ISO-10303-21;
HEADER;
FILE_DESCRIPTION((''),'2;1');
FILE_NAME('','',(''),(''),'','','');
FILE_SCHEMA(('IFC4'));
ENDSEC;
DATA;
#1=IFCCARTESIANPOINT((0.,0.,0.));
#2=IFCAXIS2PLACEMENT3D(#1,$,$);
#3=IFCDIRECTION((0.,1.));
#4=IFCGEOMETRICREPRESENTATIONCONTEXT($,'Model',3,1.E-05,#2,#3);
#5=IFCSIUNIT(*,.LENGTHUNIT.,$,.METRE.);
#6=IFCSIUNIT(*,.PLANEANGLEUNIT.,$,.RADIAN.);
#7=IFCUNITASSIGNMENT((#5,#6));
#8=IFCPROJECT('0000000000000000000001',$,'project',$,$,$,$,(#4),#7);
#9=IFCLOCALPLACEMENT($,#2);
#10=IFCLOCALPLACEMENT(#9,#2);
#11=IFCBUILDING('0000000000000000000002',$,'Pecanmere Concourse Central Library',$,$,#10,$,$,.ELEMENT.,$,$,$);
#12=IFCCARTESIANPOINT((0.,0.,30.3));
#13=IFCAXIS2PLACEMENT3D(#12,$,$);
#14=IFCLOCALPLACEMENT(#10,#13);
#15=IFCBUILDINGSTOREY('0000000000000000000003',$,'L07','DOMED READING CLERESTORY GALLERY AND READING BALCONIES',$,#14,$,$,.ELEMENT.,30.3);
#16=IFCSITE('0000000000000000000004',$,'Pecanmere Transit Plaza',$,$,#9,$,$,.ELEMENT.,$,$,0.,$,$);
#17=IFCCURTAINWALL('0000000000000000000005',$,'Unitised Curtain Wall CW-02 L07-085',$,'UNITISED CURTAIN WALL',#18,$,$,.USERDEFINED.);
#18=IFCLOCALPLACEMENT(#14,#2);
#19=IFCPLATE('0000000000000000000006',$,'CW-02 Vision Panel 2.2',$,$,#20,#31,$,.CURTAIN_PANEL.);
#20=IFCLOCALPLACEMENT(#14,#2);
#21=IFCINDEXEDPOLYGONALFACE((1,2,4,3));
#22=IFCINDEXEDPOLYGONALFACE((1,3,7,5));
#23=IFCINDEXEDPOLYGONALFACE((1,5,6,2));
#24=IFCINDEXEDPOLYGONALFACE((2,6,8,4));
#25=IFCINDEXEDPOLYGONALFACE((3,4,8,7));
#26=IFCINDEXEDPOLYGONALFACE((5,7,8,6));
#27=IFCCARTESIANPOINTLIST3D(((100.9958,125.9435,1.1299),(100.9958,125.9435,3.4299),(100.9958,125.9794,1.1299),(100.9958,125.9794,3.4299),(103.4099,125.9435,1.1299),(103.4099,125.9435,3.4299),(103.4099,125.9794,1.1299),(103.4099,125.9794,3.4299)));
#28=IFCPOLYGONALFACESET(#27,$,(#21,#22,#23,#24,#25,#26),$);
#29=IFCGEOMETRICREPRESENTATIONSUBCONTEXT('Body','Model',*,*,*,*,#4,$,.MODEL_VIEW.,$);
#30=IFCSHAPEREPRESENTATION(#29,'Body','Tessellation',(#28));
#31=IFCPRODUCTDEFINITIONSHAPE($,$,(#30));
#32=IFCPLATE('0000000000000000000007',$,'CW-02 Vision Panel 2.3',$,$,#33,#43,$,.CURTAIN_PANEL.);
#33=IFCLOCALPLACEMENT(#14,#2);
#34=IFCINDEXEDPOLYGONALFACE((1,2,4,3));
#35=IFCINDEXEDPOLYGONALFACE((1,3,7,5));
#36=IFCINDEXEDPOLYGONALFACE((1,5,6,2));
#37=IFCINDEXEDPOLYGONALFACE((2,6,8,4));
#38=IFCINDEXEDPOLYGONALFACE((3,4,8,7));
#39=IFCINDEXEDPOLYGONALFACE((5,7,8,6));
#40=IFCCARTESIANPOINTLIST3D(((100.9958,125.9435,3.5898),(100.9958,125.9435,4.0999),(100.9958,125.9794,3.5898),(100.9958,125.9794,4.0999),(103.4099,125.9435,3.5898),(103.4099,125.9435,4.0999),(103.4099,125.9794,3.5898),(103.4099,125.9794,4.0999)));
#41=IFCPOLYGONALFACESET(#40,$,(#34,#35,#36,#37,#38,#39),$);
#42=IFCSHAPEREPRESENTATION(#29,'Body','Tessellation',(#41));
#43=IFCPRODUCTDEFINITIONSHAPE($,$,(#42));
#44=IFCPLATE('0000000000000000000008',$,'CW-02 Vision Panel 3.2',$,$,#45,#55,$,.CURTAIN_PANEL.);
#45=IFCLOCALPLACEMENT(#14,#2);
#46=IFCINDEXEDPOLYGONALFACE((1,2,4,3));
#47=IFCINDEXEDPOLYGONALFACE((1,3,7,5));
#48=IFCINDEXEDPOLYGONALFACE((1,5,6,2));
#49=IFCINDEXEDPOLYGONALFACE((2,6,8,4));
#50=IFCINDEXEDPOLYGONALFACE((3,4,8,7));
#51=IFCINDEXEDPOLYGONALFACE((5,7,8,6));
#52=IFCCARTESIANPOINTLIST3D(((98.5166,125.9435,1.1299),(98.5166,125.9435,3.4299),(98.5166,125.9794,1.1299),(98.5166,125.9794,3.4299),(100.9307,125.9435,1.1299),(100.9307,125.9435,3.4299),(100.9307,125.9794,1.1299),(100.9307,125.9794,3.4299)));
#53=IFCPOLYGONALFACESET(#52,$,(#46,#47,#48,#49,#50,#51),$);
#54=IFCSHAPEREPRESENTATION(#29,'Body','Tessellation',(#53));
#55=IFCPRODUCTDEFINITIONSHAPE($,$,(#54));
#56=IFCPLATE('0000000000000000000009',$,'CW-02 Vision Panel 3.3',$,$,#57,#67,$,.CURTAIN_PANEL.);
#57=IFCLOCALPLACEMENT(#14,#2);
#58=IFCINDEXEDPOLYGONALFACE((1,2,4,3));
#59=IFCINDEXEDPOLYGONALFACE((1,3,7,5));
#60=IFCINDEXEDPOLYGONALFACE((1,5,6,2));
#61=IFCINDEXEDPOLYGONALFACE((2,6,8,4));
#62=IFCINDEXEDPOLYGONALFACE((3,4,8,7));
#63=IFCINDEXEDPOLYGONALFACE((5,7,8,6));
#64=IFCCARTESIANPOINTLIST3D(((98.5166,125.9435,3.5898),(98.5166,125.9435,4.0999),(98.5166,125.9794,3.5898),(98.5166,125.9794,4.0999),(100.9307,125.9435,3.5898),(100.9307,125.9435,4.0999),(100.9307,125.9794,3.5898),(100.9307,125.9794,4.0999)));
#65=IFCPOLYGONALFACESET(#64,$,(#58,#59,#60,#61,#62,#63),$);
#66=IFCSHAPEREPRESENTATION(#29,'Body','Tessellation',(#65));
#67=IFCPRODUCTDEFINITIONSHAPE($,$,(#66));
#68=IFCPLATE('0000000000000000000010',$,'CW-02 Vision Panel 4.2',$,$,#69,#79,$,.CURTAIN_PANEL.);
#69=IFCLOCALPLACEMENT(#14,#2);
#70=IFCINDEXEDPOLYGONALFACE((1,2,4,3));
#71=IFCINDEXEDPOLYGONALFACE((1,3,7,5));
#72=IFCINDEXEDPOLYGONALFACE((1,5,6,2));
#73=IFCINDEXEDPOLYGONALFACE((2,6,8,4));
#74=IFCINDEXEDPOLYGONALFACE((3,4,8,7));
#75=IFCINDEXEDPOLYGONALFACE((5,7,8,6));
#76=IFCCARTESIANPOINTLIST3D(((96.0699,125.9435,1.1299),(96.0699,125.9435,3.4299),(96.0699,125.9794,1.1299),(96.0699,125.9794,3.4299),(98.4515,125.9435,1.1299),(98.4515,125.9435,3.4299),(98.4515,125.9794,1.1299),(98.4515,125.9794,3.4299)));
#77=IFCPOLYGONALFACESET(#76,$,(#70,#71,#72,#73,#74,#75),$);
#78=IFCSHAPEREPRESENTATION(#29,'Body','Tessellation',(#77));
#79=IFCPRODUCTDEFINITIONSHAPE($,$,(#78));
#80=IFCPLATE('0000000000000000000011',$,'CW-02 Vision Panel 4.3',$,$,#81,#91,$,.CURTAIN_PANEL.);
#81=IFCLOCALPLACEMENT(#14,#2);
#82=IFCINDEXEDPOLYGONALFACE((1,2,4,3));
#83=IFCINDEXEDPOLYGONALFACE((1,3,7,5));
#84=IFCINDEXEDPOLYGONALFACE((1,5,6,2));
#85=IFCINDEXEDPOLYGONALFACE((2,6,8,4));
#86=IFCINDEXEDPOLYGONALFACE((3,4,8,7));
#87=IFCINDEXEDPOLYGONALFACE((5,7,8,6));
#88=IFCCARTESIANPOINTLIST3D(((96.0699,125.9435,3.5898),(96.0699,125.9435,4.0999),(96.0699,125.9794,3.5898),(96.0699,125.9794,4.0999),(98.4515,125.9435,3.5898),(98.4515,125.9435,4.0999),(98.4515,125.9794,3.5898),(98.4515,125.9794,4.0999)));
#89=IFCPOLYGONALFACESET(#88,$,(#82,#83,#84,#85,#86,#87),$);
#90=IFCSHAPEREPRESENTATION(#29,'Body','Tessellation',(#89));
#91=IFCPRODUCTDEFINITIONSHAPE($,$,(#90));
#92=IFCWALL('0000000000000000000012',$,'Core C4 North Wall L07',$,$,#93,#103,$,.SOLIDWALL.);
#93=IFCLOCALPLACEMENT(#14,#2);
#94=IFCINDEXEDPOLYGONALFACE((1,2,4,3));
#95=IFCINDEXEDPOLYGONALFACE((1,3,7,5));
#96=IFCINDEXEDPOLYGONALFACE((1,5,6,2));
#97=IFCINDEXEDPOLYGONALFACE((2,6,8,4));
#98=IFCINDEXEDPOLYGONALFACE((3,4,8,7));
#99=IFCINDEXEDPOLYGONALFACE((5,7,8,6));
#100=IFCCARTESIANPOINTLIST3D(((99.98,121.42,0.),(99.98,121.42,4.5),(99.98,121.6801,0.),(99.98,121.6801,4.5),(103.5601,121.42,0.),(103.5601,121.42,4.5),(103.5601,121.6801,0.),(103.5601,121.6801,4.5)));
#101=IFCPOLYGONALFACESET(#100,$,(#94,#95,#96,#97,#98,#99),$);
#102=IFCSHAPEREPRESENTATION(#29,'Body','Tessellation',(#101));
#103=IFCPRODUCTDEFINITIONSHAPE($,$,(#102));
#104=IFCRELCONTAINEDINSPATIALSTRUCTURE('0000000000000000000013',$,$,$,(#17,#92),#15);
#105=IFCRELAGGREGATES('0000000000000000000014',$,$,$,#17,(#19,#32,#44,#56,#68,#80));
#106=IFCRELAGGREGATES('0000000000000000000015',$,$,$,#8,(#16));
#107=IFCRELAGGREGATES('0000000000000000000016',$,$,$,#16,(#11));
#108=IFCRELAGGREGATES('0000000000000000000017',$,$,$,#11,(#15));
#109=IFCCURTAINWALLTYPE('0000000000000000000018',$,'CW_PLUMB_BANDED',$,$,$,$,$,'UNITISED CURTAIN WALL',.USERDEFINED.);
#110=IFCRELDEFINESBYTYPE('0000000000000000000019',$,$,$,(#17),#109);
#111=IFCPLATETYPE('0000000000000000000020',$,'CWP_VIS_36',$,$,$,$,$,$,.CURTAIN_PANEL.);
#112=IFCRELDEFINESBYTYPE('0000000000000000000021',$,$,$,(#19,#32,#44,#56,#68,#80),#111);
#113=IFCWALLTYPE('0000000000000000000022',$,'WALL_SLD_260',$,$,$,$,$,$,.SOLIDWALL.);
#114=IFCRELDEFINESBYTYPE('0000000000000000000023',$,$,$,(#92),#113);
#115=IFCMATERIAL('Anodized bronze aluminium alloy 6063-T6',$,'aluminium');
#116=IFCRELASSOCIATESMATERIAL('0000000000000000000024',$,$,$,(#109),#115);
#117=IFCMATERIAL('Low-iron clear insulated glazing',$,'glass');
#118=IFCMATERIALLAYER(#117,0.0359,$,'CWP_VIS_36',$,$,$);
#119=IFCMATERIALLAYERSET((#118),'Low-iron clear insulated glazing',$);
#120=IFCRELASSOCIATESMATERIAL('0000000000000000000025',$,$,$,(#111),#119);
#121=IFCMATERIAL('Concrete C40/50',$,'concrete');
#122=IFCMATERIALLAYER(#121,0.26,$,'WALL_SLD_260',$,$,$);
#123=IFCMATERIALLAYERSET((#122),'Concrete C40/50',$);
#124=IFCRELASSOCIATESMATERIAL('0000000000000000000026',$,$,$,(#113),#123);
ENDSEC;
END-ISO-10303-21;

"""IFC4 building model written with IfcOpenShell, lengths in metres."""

from ifc_helpers import new_model, si_unit, direction, frame, frame_2d, origin, origin_2d, place, context, subcontext, project, spatial, rectangle, extrude, material, layer, layer_set, type_object, element, aggregate, save


model = new_model("IFC4")

# Units and contexts
model_context = context("Model", 3, precision=1e-05, world=origin(), true_north=direction((0.0, 1.0)))
body_context = subcontext(model_context, "Body", "Model", "MODEL_VIEW")
ifc_project = project(units=[si_unit("LENGTHUNIT", "METRE"), si_unit("PLANEANGLEUNIT", "RADIAN")], contexts=[model_context])

# Site, building, storey
site_placement = place(None, origin())
site = spatial("IfcSite", under=ifc_project, at=site_placement, Name="Pecanmere Transit Plaza", CompositionType="ELEMENT", RefElevation=0.0)
building_placement = place(site_placement, origin())
building = spatial("IfcBuilding", under=site, at=building_placement, Name="Pecanmere Concourse Central Library", CompositionType="ELEMENT")
storey_placement = place(building_placement, frame((0.0, 0.0, 30.3)))
storey = spatial("IfcBuildingStorey", under=building, at=storey_placement, Name="L07", Description="DOMED READING CLERESTORY GALLERY AND READING BALCONIES", CompositionType="ELEMENT", Elevation=30.3)

# Curtain wall, plates
ifc_material_1 = material(Name="Anodized bronze aluminium alloy 6063-T6", Category="aluminium")
curtain_wall_type = type_object("IfcCurtainWallType", Name="CW_PLUMB_BANDED", ElementType="UNITISED CURTAIN WALL", PredefinedType="USERDEFINED", material=ifc_material_1)
curtain_wall_placement = place(storey_placement, origin())
curtain_wall = element("IfcCurtainWall", 1, at=curtain_wall_placement, inside=storey, type_object=curtain_wall_type, Name="Unitised Curtain Wall CW-02 L07-085", ObjectType="UNITISED CURTAIN WALL", PredefinedType="USERDEFINED")
ifc_material_2 = material(Name="Low-iron clear insulated glazing", Category="glass")
ifc_layer_1 = layer(ifc_material_2, 0.0359, Name="CWP_VIS_36")
ifc_layer_set_1 = layer_set([ifc_layer_1], Name="Low-iron clear insulated glazing")
plate_type_1 = type_object("IfcPlateType", Name="CWP_VIS_36", PredefinedType="CURTAIN_PANEL", material=ifc_layer_set_1)
plate_1_placement = place(storey_placement, frame((102.2029, 125.9614, 1.1299), z_axis=(0.0, 0.0, 1.0), x_axis=(-1.0, 0.0, 0.0)))
plate_1 = element("IfcPlate", 2, at=plate_1_placement, type_object=plate_type_1, Name="CW-02 Vision Panel 2.2", PredefinedType="CURTAIN_PANEL", context=body_context, shape_type="SweptSolid", body=[
    extrude(rectangle(XDim=2.4141, YDim=0.0359, at=origin_2d()), origin(), (0.0, 0.0, 1.0), 2.3),
])
plate_2_placement = place(storey_placement, frame((102.2029, 125.9614, 3.5898), z_axis=(0.0, 0.0, 1.0), x_axis=(-1.0, 0.0, 0.0)))
plate_2 = element("IfcPlate", 3, at=plate_2_placement, type_object=plate_type_1, Name="CW-02 Vision Panel 2.3", PredefinedType="CURTAIN_PANEL", context=body_context, shape_type="SweptSolid", body=[
    extrude(rectangle(XDim=2.4141, YDim=0.0359, at=origin_2d()), origin(), (0.0, 0.0, 1.0), 0.51),
])
plate_3_placement = place(storey_placement, frame((99.7236, 125.9614, 1.1299), z_axis=(0.0, 0.0, 1.0), x_axis=(-1.0, 0.0, 0.0)))
plate_3 = element("IfcPlate", 4, at=plate_3_placement, type_object=plate_type_1, Name="CW-02 Vision Panel 3.2", PredefinedType="CURTAIN_PANEL", context=body_context, shape_type="SweptSolid", body=[
    extrude(rectangle(XDim=2.4141, YDim=0.0359, at=origin_2d()), origin(), (0.0, 0.0, 1.0), 2.3),
])
plate_4_placement = place(storey_placement, frame((99.7236, 125.9614, 3.5898), z_axis=(0.0, 0.0, 1.0), x_axis=(-1.0, 0.0, 0.0)))
plate_4 = element("IfcPlate", 5, at=plate_4_placement, type_object=plate_type_1, Name="CW-02 Vision Panel 3.3", PredefinedType="CURTAIN_PANEL", context=body_context, shape_type="SweptSolid", body=[
    extrude(rectangle(XDim=2.4141, YDim=0.0359, at=origin_2d()), origin(), (0.0, 0.0, 1.0), 0.51),
])
plate_5_placement = place(storey_placement, frame((97.2607, 125.9614, 1.1299), z_axis=(0.0, 0.0, 1.0), x_axis=(-1.0, 0.0, 0.0)))
plate_5 = element("IfcPlate", 6, at=plate_5_placement, type_object=plate_type_1, Name="CW-02 Vision Panel 4.2", PredefinedType="CURTAIN_PANEL", context=body_context, shape_type="SweptSolid", body=[
    extrude(rectangle(XDim=2.3816, YDim=0.0359, at=origin_2d()), origin(), (0.0, 0.0, 1.0), 2.3),
])
plate_6_placement = place(storey_placement, frame((97.2607, 125.9614, 3.5898), z_axis=(0.0, 0.0, 1.0), x_axis=(-1.0, 0.0, 0.0)))
plate_6 = element("IfcPlate", 7, at=plate_6_placement, type_object=plate_type_1, Name="CW-02 Vision Panel 4.3", PredefinedType="CURTAIN_PANEL", context=body_context, shape_type="SweptSolid", body=[
    extrude(rectangle(XDim=2.3816, YDim=0.0359, at=origin_2d()), origin(), (0.0, 0.0, 1.0), 0.51),
])
aggregate(curtain_wall, [plate_1, plate_2, plate_3, plate_4, plate_5, plate_6])

# Wall
ifc_material_3 = material(Name="Concrete C40/50", Category="concrete")
ifc_layer_2 = layer(ifc_material_3, 0.26, Name="WALL_SLD_260")
ifc_layer_set_2 = layer_set([ifc_layer_2], Name="Concrete C40/50")
wall_type = type_object("IfcWallType", Name="WALL_SLD_260", PredefinedType="SOLIDWALL", material=ifc_layer_set_2)
wall_placement = place(storey_placement, frame((99.98, 121.55, 0.0), z_axis=(0.0, 0.0, 1.0), x_axis=(1.0, 0.0, 0.0)))
element("IfcWall", 8, at=wall_placement, inside=storey, type_object=wall_type, Name="Core C4 North Wall L07", PredefinedType="SOLIDWALL", context=body_context, shape_type="SweptSolid", body=[
    extrude(rectangle(XDim=3.5801, YDim=0.26, at=frame_2d((1.79, 0.0))), origin(), (0.0, 0.0, 1.0), 4.5),
])

save(model, "model.ifc")
